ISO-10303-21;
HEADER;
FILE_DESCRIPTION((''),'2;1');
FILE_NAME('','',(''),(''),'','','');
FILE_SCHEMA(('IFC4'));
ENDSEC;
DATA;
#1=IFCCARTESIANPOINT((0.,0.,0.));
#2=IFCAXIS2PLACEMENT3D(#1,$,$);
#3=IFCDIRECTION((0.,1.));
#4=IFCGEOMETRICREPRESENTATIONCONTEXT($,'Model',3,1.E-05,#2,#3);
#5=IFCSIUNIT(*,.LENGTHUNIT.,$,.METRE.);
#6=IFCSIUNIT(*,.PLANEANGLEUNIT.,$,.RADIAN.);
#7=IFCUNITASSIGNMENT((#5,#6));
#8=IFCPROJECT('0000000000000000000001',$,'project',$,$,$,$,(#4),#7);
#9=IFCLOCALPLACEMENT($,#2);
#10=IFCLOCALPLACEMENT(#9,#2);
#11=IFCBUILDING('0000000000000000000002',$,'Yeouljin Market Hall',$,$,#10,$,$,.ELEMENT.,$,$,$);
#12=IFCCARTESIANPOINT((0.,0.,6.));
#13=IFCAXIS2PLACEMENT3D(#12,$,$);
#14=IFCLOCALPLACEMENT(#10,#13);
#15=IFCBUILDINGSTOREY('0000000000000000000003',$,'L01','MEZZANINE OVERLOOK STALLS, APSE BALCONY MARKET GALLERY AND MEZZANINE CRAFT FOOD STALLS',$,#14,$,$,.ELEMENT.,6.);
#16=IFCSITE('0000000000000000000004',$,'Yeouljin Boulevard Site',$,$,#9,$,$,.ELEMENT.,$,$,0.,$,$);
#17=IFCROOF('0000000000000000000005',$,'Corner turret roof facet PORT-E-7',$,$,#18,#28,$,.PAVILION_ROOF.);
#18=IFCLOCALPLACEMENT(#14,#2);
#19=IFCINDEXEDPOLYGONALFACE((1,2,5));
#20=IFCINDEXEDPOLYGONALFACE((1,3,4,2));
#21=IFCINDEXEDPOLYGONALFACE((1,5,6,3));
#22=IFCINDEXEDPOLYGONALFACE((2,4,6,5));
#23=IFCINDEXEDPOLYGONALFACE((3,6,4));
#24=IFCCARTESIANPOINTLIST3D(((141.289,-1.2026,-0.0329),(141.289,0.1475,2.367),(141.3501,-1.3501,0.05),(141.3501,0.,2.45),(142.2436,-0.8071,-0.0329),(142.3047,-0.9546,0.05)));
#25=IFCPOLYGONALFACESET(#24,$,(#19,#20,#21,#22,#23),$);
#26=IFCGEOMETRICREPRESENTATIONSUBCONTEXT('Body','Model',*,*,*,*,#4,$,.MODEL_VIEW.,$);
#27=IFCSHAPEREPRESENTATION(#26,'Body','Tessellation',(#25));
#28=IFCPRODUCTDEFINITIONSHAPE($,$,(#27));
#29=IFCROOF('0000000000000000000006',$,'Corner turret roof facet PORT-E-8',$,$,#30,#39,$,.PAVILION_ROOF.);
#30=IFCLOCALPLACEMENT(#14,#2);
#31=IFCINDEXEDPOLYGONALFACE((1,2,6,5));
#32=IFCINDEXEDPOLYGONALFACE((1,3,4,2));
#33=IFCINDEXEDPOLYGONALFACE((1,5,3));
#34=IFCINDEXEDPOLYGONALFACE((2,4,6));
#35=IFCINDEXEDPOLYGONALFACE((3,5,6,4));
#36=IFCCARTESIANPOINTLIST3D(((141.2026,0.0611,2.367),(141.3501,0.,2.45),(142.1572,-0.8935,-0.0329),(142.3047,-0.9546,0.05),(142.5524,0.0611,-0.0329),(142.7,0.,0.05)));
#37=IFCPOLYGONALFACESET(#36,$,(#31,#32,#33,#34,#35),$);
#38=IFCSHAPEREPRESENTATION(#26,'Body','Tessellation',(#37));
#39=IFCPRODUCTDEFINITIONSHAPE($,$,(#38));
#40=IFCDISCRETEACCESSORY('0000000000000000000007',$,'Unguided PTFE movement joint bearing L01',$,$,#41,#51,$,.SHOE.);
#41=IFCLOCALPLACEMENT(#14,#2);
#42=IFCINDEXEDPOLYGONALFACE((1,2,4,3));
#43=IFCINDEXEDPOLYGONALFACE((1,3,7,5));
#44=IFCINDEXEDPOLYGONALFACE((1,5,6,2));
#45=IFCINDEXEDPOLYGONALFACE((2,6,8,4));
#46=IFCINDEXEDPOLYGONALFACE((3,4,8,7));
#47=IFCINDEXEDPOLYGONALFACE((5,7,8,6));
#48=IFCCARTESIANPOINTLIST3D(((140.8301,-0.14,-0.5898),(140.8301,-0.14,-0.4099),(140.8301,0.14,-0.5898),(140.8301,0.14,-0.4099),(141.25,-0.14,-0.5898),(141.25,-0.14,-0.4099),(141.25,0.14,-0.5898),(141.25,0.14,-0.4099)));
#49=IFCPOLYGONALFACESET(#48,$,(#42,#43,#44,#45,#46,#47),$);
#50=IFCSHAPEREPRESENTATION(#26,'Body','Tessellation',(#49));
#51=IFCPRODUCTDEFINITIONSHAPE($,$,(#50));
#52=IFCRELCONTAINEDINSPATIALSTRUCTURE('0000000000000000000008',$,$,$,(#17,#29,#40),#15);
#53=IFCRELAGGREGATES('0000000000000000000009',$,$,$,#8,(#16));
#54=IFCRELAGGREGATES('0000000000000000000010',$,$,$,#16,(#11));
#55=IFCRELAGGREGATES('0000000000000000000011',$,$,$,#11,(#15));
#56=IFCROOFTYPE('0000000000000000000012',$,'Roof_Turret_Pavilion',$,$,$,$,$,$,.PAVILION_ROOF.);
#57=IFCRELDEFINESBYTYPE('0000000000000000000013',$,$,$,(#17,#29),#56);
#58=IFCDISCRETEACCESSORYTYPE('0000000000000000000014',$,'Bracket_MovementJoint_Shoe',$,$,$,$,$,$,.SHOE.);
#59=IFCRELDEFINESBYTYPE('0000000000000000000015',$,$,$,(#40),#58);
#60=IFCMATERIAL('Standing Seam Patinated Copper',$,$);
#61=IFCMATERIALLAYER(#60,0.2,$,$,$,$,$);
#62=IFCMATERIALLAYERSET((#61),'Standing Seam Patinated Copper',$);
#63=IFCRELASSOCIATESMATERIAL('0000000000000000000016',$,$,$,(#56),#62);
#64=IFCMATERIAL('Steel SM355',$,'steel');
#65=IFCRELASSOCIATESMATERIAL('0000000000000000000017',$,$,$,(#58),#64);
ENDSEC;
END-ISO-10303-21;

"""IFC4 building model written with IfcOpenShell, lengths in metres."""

from ifc_helpers import new_model, si_unit, direction, frame, origin, origin_2d, place, context, subcontext, project, spatial, polyline, rectangle, outline, extrude, material, layer, layer_set, type_object, element, save


model = new_model("IFC4")

# Units and contexts
model_context = context("Model", 3, precision=1e-05, world=origin(), true_north=direction((0.0, 1.0)))
body_context = subcontext(model_context, "Body", "Model", "MODEL_VIEW")
ifc_project = project(units=[si_unit("LENGTHUNIT", "METRE"), si_unit("PLANEANGLEUNIT", "RADIAN")], contexts=[model_context])

# Site, building, storey
site_placement = place(None, origin())
site = spatial("IfcSite", under=ifc_project, at=site_placement, Name="Yeouljin Boulevard Site", CompositionType="ELEMENT", RefElevation=0.0)
building_placement = place(site_placement, origin())
building = spatial("IfcBuilding", under=site, at=building_placement, Name="Yeouljin Market Hall", CompositionType="ELEMENT")
storey_placement = place(building_placement, frame((0.0, 0.0, 6.0)))
storey = spatial("IfcBuildingStorey", under=building, at=storey_placement, Name="L01", Description="MEZZANINE OVERLOOK STALLS, APSE BALCONY MARKET GALLERY AND MEZZANINE CRAFT FOOD STALLS", CompositionType="ELEMENT", Elevation=6.0)

# Roofs
ifc_material_1 = material(Name="Standing Seam Patinated Copper")
ifc_layer_1 = layer(ifc_material_1, 0.2)
ifc_layer_set_1 = layer_set([ifc_layer_1], Name="Standing Seam Patinated Copper")
roof_type_1 = type_object("IfcRoofType", Name="Roof_Turret_Pavilion", PredefinedType="PAVILION_ROOF", material=ifc_layer_set_1)
roof_1_placement = place(storey_placement, frame((141.3501, 0.0, 2.45), z_axis=(0.339638, -0.819744, 0.461158), x_axis=(0.0, -0.490303, -0.871552)))
element("IfcRoof", 1, at=roof_1_placement, inside=storey, type_object=roof_type_1, Name="Corner turret roof facet PORT-E-7", PredefinedType="PAVILION_ROOF", context=body_context, shape_type="SweptSolid", body=[
    extrude(outline(polyline([(0.0, 0.0), (2.7536, 0.0), (2.5597, 1.0149), (0.0, 0.0)])), origin(), (0.0, 0.0, -1.0), 0.1799),
])
roof_2_placement = place(storey_placement, frame((141.3501, 0.0, 2.45), z_axis=(0.819833, -0.339466, 0.461125), x_axis=(0.346677, -0.346677, -0.871568)))
element("IfcRoof", 2, at=roof_2_placement, inside=storey, type_object=roof_type_1, Name="Corner turret roof facet PORT-E-8", PredefinedType="PAVILION_ROOF", context=body_context, shape_type="SweptSolid", body=[
    extrude(outline(polyline([(0.0, 0.0), (2.7535, 0.0), (2.5596, 1.0148), (0.0, 0.0)])), origin(), (0.0, 0.0, -1.0), 0.1799),
])

# Discrete accessory
ifc_material_2 = material(Name="Steel SM355", Category="steel")
discrete_accessory_type = type_object("IfcDiscreteAccessoryType", Name="Bracket_MovementJoint_Shoe", PredefinedType="SHOE", material=ifc_material_2)
discrete_accessory_placement = place(storey_placement, frame((141.04, 0.0, -0.5898), z_axis=(0.0, 0.0, 1.0), x_axis=(1.0, 0.0, 0.0)))
element("IfcDiscreteAccessory", 3, at=discrete_accessory_placement, inside=storey, type_object=discrete_accessory_type, Name="Unguided PTFE movement joint bearing L01", PredefinedType="SHOE", context=body_context, shape_type="SweptSolid", body=[
    extrude(rectangle(XDim=0.4199, YDim=0.28, at=origin_2d()), origin(), (0.0, 0.0, 1.0), 0.1799),
])

save(model, "model.ifc")
